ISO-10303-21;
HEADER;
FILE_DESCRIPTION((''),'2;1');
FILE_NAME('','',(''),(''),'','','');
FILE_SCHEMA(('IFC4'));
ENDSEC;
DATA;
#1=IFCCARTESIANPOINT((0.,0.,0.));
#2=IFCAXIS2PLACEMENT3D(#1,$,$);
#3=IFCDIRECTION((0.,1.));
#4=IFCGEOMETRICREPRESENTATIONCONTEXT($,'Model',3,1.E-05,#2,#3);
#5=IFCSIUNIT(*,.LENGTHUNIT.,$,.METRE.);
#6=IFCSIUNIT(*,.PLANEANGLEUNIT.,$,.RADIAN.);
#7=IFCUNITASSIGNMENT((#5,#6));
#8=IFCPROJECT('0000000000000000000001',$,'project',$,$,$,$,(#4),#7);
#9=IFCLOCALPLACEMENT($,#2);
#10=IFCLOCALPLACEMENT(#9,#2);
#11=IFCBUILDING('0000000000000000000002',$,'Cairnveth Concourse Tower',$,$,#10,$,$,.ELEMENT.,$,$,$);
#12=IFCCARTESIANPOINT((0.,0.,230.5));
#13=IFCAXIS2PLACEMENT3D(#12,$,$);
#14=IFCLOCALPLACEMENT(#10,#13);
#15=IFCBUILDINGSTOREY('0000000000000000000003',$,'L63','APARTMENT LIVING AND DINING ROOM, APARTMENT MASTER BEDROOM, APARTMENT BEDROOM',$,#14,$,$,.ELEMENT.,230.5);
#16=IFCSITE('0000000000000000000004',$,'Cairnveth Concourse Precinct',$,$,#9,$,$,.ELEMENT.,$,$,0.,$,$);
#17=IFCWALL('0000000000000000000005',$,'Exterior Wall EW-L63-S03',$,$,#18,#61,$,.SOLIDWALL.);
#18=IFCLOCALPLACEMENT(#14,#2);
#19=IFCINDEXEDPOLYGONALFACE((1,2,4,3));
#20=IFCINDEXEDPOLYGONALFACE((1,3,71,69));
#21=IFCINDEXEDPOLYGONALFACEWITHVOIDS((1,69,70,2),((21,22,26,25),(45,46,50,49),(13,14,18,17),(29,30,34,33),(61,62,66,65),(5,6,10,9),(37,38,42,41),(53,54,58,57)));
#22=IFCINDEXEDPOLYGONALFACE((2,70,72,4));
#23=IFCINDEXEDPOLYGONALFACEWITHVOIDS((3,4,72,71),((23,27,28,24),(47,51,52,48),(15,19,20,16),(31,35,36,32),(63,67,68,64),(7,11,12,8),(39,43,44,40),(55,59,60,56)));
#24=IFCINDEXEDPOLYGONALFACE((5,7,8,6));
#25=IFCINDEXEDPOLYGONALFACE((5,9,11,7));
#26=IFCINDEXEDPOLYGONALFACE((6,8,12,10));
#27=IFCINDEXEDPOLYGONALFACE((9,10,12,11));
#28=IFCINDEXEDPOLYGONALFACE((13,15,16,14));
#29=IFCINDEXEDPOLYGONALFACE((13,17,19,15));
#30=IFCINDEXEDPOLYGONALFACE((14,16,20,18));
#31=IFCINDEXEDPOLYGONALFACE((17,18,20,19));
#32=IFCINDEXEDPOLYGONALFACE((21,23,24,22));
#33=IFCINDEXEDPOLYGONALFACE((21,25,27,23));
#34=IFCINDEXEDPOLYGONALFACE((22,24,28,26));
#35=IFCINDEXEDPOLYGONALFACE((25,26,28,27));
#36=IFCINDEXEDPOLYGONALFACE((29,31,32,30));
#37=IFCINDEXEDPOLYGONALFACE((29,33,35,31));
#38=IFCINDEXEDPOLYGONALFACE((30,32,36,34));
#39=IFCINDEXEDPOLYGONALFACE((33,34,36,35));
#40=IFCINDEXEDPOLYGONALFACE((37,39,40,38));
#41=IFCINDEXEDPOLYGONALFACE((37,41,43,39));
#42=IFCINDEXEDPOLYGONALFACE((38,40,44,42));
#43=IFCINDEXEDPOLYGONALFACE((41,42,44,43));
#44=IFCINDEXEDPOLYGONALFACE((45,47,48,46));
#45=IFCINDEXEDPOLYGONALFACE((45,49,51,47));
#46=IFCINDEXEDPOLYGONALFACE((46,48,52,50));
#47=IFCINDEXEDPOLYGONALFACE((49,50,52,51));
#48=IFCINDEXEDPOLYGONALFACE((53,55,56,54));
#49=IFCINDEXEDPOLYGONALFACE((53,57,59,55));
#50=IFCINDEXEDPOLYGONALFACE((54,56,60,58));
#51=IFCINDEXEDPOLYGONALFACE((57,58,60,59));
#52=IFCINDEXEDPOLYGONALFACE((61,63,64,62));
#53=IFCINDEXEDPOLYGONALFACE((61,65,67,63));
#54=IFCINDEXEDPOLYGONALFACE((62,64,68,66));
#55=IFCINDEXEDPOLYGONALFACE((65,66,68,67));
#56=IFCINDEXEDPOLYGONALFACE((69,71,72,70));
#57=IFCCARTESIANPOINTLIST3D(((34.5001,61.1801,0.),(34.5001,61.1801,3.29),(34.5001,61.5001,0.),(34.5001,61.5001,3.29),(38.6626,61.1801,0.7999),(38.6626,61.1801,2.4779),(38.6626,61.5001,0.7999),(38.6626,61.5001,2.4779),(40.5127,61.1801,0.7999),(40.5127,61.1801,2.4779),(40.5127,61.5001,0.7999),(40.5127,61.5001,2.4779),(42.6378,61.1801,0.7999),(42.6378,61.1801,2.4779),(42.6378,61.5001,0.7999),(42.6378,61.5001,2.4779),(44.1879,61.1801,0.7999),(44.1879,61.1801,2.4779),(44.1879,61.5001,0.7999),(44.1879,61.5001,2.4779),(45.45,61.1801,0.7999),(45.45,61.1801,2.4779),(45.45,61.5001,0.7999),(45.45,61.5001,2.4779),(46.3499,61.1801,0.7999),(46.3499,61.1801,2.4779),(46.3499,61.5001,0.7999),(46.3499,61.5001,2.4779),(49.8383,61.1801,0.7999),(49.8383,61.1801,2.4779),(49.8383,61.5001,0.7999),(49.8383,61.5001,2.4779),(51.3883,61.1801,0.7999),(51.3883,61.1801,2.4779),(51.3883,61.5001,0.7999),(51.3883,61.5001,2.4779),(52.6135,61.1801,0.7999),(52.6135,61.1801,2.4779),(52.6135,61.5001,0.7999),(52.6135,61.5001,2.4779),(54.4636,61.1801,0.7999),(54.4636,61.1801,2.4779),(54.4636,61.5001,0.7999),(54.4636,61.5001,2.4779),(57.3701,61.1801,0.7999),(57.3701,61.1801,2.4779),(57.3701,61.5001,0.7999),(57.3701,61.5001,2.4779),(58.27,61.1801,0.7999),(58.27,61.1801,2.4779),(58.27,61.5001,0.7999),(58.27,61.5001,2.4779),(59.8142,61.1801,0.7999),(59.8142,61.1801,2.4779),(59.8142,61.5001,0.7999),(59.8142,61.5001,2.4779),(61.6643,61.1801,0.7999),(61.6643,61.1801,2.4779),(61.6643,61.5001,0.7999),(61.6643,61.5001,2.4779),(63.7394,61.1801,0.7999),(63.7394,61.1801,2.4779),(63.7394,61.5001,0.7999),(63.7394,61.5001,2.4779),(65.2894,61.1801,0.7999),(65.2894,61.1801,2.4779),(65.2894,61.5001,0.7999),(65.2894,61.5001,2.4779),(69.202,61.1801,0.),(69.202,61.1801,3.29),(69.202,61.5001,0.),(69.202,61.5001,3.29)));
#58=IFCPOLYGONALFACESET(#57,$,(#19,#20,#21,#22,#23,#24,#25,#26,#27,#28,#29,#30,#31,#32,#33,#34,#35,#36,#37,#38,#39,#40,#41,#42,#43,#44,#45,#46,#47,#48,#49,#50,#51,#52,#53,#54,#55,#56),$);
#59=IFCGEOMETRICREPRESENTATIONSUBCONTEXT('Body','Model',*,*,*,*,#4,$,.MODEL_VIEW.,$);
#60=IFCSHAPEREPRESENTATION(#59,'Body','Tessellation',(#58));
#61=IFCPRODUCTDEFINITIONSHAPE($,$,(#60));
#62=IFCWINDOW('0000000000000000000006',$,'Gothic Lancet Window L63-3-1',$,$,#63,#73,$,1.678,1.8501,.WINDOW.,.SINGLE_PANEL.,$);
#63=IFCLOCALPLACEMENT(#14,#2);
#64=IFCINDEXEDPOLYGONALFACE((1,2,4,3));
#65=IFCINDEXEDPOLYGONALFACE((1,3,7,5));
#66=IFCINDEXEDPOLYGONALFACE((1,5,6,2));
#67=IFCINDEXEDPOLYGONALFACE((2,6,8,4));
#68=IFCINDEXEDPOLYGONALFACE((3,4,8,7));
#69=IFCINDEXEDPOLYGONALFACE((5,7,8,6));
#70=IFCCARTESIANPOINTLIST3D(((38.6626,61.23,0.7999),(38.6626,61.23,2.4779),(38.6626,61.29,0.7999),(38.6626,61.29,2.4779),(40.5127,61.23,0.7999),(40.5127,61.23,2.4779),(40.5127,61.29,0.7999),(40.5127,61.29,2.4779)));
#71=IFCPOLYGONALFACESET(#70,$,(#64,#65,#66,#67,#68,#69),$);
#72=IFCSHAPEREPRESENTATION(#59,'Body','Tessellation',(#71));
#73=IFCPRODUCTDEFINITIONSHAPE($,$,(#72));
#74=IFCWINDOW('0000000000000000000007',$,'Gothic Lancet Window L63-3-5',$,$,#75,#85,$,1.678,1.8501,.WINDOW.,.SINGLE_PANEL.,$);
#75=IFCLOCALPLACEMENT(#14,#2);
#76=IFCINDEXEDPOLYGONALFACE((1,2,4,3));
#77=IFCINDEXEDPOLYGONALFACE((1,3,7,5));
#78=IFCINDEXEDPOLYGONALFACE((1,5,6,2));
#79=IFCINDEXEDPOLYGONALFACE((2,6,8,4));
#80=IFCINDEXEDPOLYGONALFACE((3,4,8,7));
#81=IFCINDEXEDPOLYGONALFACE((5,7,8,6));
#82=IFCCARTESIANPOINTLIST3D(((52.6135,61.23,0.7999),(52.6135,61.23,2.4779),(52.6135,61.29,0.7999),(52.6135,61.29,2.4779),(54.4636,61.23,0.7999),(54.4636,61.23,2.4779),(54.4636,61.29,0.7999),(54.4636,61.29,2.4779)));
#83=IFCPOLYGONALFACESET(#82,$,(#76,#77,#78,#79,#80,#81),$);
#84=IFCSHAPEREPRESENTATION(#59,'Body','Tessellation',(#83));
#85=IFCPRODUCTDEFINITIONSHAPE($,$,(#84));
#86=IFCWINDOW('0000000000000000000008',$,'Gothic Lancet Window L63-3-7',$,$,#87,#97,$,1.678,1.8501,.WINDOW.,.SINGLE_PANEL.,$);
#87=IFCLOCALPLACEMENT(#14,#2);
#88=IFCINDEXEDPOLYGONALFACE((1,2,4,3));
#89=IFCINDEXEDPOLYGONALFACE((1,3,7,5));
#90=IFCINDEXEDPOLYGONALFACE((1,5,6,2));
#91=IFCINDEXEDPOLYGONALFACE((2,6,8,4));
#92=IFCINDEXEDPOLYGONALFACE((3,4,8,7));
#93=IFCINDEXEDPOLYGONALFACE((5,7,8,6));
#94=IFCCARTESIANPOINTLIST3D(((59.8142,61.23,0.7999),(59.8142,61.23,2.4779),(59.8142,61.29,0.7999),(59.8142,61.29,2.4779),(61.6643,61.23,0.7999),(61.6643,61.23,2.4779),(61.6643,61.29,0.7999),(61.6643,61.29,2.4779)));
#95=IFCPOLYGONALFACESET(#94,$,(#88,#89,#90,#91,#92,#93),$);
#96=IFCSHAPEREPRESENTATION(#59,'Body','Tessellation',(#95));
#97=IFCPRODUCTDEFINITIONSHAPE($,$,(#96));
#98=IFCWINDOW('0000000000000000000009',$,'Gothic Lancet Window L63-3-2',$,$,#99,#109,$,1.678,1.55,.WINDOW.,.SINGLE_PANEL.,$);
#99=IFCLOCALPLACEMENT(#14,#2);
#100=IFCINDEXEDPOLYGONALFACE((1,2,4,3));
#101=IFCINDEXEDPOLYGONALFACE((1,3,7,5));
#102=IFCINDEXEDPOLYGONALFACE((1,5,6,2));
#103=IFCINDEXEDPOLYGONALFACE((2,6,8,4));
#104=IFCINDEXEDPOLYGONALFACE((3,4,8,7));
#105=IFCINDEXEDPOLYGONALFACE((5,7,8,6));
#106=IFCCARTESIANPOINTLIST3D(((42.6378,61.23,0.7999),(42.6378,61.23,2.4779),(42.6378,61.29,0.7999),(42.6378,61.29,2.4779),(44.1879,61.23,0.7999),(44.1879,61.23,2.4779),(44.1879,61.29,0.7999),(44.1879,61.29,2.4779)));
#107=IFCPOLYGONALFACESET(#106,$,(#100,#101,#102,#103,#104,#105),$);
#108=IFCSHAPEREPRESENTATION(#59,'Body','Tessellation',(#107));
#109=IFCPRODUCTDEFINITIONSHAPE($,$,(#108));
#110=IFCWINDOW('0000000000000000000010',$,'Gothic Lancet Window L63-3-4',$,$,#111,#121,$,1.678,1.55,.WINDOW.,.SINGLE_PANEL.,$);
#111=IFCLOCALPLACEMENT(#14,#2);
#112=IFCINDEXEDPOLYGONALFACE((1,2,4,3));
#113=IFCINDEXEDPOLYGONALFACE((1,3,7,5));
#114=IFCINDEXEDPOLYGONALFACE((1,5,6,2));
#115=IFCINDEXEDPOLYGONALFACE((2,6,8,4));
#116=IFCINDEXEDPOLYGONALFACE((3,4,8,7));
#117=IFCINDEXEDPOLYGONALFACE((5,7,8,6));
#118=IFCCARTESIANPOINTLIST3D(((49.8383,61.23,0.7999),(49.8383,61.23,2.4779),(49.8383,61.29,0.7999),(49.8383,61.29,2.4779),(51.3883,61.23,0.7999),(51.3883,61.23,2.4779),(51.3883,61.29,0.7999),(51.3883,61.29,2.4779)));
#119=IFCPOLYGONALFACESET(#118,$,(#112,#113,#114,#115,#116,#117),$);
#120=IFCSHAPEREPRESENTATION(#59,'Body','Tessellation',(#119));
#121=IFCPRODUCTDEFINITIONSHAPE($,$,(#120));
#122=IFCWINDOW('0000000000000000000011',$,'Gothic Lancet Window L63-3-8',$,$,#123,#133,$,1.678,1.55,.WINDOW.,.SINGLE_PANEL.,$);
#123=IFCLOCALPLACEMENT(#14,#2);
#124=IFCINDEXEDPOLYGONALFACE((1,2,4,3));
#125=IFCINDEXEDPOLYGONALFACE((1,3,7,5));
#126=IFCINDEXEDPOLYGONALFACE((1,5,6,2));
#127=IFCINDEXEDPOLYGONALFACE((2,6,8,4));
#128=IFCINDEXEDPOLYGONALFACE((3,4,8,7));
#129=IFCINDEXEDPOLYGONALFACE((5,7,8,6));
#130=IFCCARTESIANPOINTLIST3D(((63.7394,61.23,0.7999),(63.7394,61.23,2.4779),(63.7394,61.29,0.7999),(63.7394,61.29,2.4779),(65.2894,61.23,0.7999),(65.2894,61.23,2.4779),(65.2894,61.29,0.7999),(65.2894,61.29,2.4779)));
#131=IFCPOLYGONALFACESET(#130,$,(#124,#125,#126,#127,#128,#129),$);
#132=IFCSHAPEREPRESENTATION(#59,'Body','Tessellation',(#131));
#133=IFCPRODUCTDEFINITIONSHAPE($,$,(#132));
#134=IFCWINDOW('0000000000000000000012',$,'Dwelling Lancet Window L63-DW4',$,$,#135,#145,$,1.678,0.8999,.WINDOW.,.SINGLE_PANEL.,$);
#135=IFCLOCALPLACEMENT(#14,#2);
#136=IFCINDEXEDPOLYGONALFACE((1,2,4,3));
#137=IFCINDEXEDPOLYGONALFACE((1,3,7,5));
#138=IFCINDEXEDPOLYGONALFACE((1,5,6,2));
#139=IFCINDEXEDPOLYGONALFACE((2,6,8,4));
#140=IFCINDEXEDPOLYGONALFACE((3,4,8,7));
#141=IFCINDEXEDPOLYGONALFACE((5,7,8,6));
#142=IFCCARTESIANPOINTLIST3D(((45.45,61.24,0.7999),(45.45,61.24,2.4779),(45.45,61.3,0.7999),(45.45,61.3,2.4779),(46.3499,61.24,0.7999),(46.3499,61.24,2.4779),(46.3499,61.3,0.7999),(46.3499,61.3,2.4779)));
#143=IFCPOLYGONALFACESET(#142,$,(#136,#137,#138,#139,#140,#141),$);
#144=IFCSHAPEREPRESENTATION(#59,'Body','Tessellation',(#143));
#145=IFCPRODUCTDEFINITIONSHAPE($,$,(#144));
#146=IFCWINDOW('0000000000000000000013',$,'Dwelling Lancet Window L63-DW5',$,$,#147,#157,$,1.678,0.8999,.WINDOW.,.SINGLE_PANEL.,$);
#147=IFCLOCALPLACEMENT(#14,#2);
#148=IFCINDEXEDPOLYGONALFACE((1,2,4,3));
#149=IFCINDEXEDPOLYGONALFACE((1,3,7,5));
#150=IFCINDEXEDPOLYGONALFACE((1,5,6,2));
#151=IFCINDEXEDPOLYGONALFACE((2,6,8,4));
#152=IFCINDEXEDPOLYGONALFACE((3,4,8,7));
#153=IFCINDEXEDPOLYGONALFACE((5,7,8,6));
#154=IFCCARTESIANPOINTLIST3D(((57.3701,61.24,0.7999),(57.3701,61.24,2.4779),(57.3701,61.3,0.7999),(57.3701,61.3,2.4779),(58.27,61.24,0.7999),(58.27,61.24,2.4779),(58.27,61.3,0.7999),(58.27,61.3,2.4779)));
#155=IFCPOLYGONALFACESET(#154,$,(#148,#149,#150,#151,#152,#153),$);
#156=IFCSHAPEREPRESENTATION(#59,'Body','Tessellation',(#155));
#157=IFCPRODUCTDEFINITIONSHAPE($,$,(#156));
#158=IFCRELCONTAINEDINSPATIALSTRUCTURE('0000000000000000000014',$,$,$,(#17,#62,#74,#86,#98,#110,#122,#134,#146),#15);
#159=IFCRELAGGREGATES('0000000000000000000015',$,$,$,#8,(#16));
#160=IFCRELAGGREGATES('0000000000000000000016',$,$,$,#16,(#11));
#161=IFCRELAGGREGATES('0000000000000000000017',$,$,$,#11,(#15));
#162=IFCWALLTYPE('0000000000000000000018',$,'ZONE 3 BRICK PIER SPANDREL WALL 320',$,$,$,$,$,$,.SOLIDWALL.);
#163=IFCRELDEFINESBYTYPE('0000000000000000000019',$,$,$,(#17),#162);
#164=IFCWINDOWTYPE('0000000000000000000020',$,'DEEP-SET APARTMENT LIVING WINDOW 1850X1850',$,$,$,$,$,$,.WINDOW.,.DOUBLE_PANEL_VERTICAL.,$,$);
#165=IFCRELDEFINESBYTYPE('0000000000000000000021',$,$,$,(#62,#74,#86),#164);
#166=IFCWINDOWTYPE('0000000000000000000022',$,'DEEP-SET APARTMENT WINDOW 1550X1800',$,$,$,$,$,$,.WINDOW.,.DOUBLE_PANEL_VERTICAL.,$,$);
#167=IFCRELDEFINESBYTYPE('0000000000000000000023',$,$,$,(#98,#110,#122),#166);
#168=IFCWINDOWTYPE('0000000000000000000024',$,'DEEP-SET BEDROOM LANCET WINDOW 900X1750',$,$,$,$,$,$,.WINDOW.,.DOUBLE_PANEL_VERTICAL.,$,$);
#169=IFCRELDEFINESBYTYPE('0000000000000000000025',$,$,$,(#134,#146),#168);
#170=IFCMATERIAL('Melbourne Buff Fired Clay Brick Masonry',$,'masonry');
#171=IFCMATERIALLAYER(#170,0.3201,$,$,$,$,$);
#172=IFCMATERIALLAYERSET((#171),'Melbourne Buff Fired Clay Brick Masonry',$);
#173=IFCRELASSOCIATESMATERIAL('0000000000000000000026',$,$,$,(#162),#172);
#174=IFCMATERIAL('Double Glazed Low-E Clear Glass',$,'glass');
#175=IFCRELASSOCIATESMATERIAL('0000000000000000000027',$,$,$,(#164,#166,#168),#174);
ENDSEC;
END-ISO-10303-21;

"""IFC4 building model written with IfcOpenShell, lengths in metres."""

from ifc_helpers import new_model, si_unit, direction, frame, frame_2d, origin, place, context, subcontext, project, spatial, rectangle, extrude, material, layer, layer_set, type_object, element, fill, save


model = new_model("IFC4")

# Units and contexts
model_context = context("Model", 3, precision=1e-05, world=origin(), true_north=direction((0.0, 1.0)))
body_context = subcontext(model_context, "Body", "Model", "MODEL_VIEW")
ifc_project = project(units=[si_unit("LENGTHUNIT", "METRE"), si_unit("PLANEANGLEUNIT", "RADIAN")], contexts=[model_context])

# Site, building, storey
site_placement = place(None, origin())
site = spatial("IfcSite", under=ifc_project, at=site_placement, Name="Cairnveth Concourse Precinct", CompositionType="ELEMENT", RefElevation=0.0)
building_placement = place(site_placement, origin())
building = spatial("IfcBuilding", under=site, at=building_placement, Name="Cairnveth Concourse Tower", CompositionType="ELEMENT")
storey_placement = place(building_placement, frame((0.0, 0.0, 230.5)))
storey = spatial("IfcBuildingStorey", under=building, at=storey_placement, Name="L63", Description="APARTMENT LIVING AND DINING ROOM, APARTMENT MASTER BEDROOM, APARTMENT BEDROOM", CompositionType="ELEMENT", Elevation=230.5)

# Shared definitions
ifc_material_1 = material(Name="Melbourne Buff Fired Clay Brick Masonry", Category="masonry")
ifc_layer_1 = layer(ifc_material_1, 0.3201)
ifc_layer_set_1 = layer_set([ifc_layer_1], Name="Melbourne Buff Fired Clay Brick Masonry")
wall_type_1 = type_object("IfcWallType", Name="ZONE 3 BRICK PIER SPANDREL WALL 320", PredefinedType="SOLIDWALL", material=ifc_layer_set_1)

# Wall, openings, windows
wall_1_placement = place(storey_placement, frame((34.5, 61.3401, 0.0), z_axis=(0.0, 0.0, 1.0), x_axis=(1.0, 0.0, 0.0)))
wall_1 = element("IfcWall", 1, at=wall_1_placement, inside=storey, type_object=wall_type_1, Name="Exterior Wall EW-L63-S03", PredefinedType="SOLIDWALL", context=body_context, shape_type="SweptSolid", body=[
    extrude(rectangle(XDim=34.7019, YDim=0.3201, at=frame_2d((17.3511, 0.0))), origin(), (0.0, 0.0, 1.0), 3.29),
])
opening_1_placement = place(wall_1_placement, frame((4.1626, 0.0, 0.8)))
opening_1 = element("IfcOpeningElement", 2, at=opening_1_placement, cuts=wall_1, PredefinedType="OPENING", context=body_context, shape_type="SweptSolid", body=[
    extrude(rectangle(XDim=1.8501, YDim=1.678, at=frame_2d((0.925, 0.8389))), frame((0.0, 0.1699, 0.0), z_axis=(0.0, -1.0, 0.0), x_axis=(1.0, 0.0, 0.0)), (0.0, 0.0, 1.0), 0.3401),
])
opening_2_placement = place(wall_1_placement, frame((8.1379, 0.0, 0.8)))
opening_2 = element("IfcOpeningElement", 3, at=opening_2_placement, cuts=wall_1, PredefinedType="OPENING", context=body_context, shape_type="SweptSolid", body=[
    extrude(rectangle(XDim=1.55, YDim=1.678, at=frame_2d((0.7749, 0.8389))), frame((0.0, 0.1699, 0.0), z_axis=(0.0, -1.0, 0.0), x_axis=(1.0, 0.0, 0.0)), (0.0, 0.0, 1.0), 0.3401),
])
opening_3_placement = place(wall_1_placement, frame((15.3384, 0.0, 0.8)))
opening_3 = element("IfcOpeningElement", 4, at=opening_3_placement, cuts=wall_1, PredefinedType="OPENING", context=body_context, shape_type="SweptSolid", body=[
    extrude(rectangle(XDim=1.55, YDim=1.678, at=frame_2d((0.7749, 0.8389))), frame((0.0, 0.1699, 0.0), z_axis=(0.0, -1.0, 0.0), x_axis=(1.0, 0.0, 0.0)), (0.0, 0.0, 1.0), 0.3401),
])
opening_4_placement = place(wall_1_placement, frame((18.1135, 0.0, 0.8)))
opening_4 = element("IfcOpeningElement", 5, at=opening_4_placement, cuts=wall_1, PredefinedType="OPENING", context=body_context, shape_type="SweptSolid", body=[
    extrude(rectangle(XDim=1.8501, YDim=1.678, at=frame_2d((0.925, 0.8389))), frame((0.0, 0.1699, 0.0), z_axis=(0.0, -1.0, 0.0), x_axis=(1.0, 0.0, 0.0)), (0.0, 0.0, 1.0), 0.3401),
])
opening_5_placement = place(wall_1_placement, frame((25.3142, 0.0, 0.8)))
opening_5 = element("IfcOpeningElement", 6, at=opening_5_placement, cuts=wall_1, PredefinedType="OPENING", context=body_context, shape_type="SweptSolid", body=[
    extrude(rectangle(XDim=1.8501, YDim=1.678, at=frame_2d((0.925, 0.8389))), frame((0.0, 0.1699, 0.0), z_axis=(0.0, -1.0, 0.0), x_axis=(1.0, 0.0, 0.0)), (0.0, 0.0, 1.0), 0.3401),
])
opening_6_placement = place(wall_1_placement, frame((29.2395, 0.0, 0.8)))
opening_6 = element("IfcOpeningElement", 7, at=opening_6_placement, cuts=wall_1, PredefinedType="OPENING", context=body_context, shape_type="SweptSolid", body=[
    extrude(rectangle(XDim=1.55, YDim=1.678, at=frame_2d((0.7749, 0.8389))), frame((0.0, 0.1699, 0.0), z_axis=(0.0, -1.0, 0.0), x_axis=(1.0, 0.0, 0.0)), (0.0, 0.0, 1.0), 0.3401),
])
opening_7_placement = place(wall_1_placement, frame((10.95, 0.0, 0.8)))
opening_7 = element("IfcOpeningElement", 8, at=opening_7_placement, cuts=wall_1, PredefinedType="OPENING", context=body_context, shape_type="SweptSolid", body=[
    extrude(rectangle(XDim=0.8999, YDim=1.678, at=frame_2d((0.45, 0.8389))), frame((0.0, 0.1699, 0.0), z_axis=(0.0, -1.0, 0.0), x_axis=(1.0, 0.0, 0.0)), (0.0, 0.0, 1.0), 0.3401),
])
opening_8_placement = place(wall_1_placement, frame((22.8701, 0.0, 0.8)))
opening_8 = element("IfcOpeningElement", 9, at=opening_8_placement, cuts=wall_1, PredefinedType="OPENING", context=body_context, shape_type="SweptSolid", body=[
    extrude(rectangle(XDim=0.8999, YDim=1.678, at=frame_2d((0.45, 0.8389))), frame((0.0, 0.1699, 0.0), z_axis=(0.0, -1.0, 0.0), x_axis=(1.0, 0.0, 0.0)), (0.0, 0.0, 1.0), 0.3401),
])
ifc_material_2 = material(Name="Double Glazed Low-E Clear Glass", Category="glass")
window_type_1 = type_object("IfcWindowType", Name="DEEP-SET APARTMENT LIVING WINDOW 1850X1850", PartitioningType="DOUBLE_PANEL_VERTICAL", PredefinedType="WINDOW", material=ifc_material_2)
window_1_placement = place(opening_1_placement, origin())
window_1 = element("IfcWindow", 10, at=window_1_placement, inside=storey, type_object=window_type_1, Name="Gothic Lancet Window L63-3-1", OverallHeight=1.678, OverallWidth=1.8501, PartitioningType="SINGLE_PANEL", PredefinedType="WINDOW", context=body_context, shape_type="SweptSolid", body=[
    extrude(rectangle(XDim=1.8501, YDim=1.678, at=frame_2d((0.925, 0.8389))), frame((0.0, -0.05, 0.0), z_axis=(0.0, -1.0, 0.0), x_axis=(1.0, 0.0, 0.0)), (0.0, 0.0, 1.0), 0.0601),
])
fill(opening_1, window_1)
window_2_placement = place(opening_4_placement, origin())
window_2 = element("IfcWindow", 11, at=window_2_placement, inside=storey, type_object=window_type_1, Name="Gothic Lancet Window L63-3-5", OverallHeight=1.678, OverallWidth=1.8501, PartitioningType="SINGLE_PANEL", PredefinedType="WINDOW", context=body_context, shape_type="SweptSolid", body=[
    extrude(rectangle(XDim=1.8501, YDim=1.678, at=frame_2d((0.925, 0.8389))), frame((0.0, -0.05, 0.0), z_axis=(0.0, -1.0, 0.0), x_axis=(1.0, 0.0, 0.0)), (0.0, 0.0, 1.0), 0.0601),
])
fill(opening_4, window_2)
window_3_placement = place(opening_5_placement, origin())
window_3 = element("IfcWindow", 12, at=window_3_placement, inside=storey, type_object=window_type_1, Name="Gothic Lancet Window L63-3-7", OverallHeight=1.678, OverallWidth=1.8501, PartitioningType="SINGLE_PANEL", PredefinedType="WINDOW", context=body_context, shape_type="SweptSolid", body=[
    extrude(rectangle(XDim=1.8501, YDim=1.678, at=frame_2d((0.925, 0.8389))), frame((0.0, -0.05, 0.0), z_axis=(0.0, -1.0, 0.0), x_axis=(1.0, 0.0, 0.0)), (0.0, 0.0, 1.0), 0.0601),
])
fill(opening_5, window_3)
window_type_2 = type_object("IfcWindowType", Name="DEEP-SET APARTMENT WINDOW 1550X1800", PartitioningType="DOUBLE_PANEL_VERTICAL", PredefinedType="WINDOW", material=ifc_material_2)
window_4_placement = place(opening_2_placement, origin())
window_4 = element("IfcWindow", 13, at=window_4_placement, inside=storey, type_object=window_type_2, Name="Gothic Lancet Window L63-3-2", OverallHeight=1.678, OverallWidth=1.55, PartitioningType="SINGLE_PANEL", PredefinedType="WINDOW", context=body_context, shape_type="SweptSolid", body=[
    extrude(rectangle(XDim=1.55, YDim=1.678, at=frame_2d((0.7749, 0.8389))), frame((0.0, -0.05, 0.0), z_axis=(0.0, -1.0, 0.0), x_axis=(1.0, 0.0, 0.0)), (0.0, 0.0, 1.0), 0.0601),
])
fill(opening_2, window_4)
window_5_placement = place(opening_3_placement, origin())
window_5 = element("IfcWindow", 14, at=window_5_placement, inside=storey, type_object=window_type_2, Name="Gothic Lancet Window L63-3-4", OverallHeight=1.678, OverallWidth=1.55, PartitioningType="SINGLE_PANEL", PredefinedType="WINDOW", context=body_context, shape_type="SweptSolid", body=[
    extrude(rectangle(XDim=1.55, YDim=1.678, at=frame_2d((0.7749, 0.8389))), frame((0.0, -0.05, 0.0), z_axis=(0.0, -1.0, 0.0), x_axis=(1.0, 0.0, 0.0)), (0.0, 0.0, 1.0), 0.0601),
])
fill(opening_3, window_5)
window_6_placement = place(opening_6_placement, origin())
window_6 = element("IfcWindow", 15, at=window_6_placement, inside=storey, type_object=window_type_2, Name="Gothic Lancet Window L63-3-8", OverallHeight=1.678, OverallWidth=1.55, PartitioningType="SINGLE_PANEL", PredefinedType="WINDOW", context=body_context, shape_type="SweptSolid", body=[
    extrude(rectangle(XDim=1.55, YDim=1.678, at=frame_2d((0.7749, 0.8389))), frame((0.0, -0.05, 0.0), z_axis=(0.0, -1.0, 0.0), x_axis=(1.0, 0.0, 0.0)), (0.0, 0.0, 1.0), 0.0601),
])
fill(opening_6, window_6)
window_type_3 = type_object("IfcWindowType", Name="DEEP-SET BEDROOM LANCET WINDOW 900X1750", PartitioningType="DOUBLE_PANEL_VERTICAL", PredefinedType="WINDOW", material=ifc_material_2)
window_7_placement = place(opening_7_placement, origin())
window_7 = element("IfcWindow", 16, at=window_7_placement, inside=storey, type_object=window_type_3, Name="Dwelling Lancet Window L63-DW4", OverallHeight=1.678, OverallWidth=0.8999, PartitioningType="SINGLE_PANEL", PredefinedType="WINDOW", context=body_context, shape_type="SweptSolid", body=[
    extrude(rectangle(XDim=0.8999, YDim=1.678, at=frame_2d((0.45, 0.8389))), frame((0.0, -0.04, 0.0), z_axis=(0.0, -1.0, 0.0), x_axis=(1.0, 0.0, 0.0)), (0.0, 0.0, 1.0), 0.0601),
])
fill(opening_7, window_7)
window_8_placement = place(opening_8_placement, origin())
window_8 = element("IfcWindow", 17, at=window_8_placement, inside=storey, type_object=window_type_3, Name="Dwelling Lancet Window L63-DW5", OverallHeight=1.678, OverallWidth=0.8999, PartitioningType="SINGLE_PANEL", PredefinedType="WINDOW", context=body_context, shape_type="SweptSolid", body=[
    extrude(rectangle(XDim=0.8999, YDim=1.678, at=frame_2d((0.45, 0.8389))), frame((0.0, -0.04, 0.0), z_axis=(0.0, -1.0, 0.0), x_axis=(1.0, 0.0, 0.0)), (0.0, 0.0, 1.0), 0.0601),
])
fill(opening_8, window_8)

save(model, "model.ifc")
